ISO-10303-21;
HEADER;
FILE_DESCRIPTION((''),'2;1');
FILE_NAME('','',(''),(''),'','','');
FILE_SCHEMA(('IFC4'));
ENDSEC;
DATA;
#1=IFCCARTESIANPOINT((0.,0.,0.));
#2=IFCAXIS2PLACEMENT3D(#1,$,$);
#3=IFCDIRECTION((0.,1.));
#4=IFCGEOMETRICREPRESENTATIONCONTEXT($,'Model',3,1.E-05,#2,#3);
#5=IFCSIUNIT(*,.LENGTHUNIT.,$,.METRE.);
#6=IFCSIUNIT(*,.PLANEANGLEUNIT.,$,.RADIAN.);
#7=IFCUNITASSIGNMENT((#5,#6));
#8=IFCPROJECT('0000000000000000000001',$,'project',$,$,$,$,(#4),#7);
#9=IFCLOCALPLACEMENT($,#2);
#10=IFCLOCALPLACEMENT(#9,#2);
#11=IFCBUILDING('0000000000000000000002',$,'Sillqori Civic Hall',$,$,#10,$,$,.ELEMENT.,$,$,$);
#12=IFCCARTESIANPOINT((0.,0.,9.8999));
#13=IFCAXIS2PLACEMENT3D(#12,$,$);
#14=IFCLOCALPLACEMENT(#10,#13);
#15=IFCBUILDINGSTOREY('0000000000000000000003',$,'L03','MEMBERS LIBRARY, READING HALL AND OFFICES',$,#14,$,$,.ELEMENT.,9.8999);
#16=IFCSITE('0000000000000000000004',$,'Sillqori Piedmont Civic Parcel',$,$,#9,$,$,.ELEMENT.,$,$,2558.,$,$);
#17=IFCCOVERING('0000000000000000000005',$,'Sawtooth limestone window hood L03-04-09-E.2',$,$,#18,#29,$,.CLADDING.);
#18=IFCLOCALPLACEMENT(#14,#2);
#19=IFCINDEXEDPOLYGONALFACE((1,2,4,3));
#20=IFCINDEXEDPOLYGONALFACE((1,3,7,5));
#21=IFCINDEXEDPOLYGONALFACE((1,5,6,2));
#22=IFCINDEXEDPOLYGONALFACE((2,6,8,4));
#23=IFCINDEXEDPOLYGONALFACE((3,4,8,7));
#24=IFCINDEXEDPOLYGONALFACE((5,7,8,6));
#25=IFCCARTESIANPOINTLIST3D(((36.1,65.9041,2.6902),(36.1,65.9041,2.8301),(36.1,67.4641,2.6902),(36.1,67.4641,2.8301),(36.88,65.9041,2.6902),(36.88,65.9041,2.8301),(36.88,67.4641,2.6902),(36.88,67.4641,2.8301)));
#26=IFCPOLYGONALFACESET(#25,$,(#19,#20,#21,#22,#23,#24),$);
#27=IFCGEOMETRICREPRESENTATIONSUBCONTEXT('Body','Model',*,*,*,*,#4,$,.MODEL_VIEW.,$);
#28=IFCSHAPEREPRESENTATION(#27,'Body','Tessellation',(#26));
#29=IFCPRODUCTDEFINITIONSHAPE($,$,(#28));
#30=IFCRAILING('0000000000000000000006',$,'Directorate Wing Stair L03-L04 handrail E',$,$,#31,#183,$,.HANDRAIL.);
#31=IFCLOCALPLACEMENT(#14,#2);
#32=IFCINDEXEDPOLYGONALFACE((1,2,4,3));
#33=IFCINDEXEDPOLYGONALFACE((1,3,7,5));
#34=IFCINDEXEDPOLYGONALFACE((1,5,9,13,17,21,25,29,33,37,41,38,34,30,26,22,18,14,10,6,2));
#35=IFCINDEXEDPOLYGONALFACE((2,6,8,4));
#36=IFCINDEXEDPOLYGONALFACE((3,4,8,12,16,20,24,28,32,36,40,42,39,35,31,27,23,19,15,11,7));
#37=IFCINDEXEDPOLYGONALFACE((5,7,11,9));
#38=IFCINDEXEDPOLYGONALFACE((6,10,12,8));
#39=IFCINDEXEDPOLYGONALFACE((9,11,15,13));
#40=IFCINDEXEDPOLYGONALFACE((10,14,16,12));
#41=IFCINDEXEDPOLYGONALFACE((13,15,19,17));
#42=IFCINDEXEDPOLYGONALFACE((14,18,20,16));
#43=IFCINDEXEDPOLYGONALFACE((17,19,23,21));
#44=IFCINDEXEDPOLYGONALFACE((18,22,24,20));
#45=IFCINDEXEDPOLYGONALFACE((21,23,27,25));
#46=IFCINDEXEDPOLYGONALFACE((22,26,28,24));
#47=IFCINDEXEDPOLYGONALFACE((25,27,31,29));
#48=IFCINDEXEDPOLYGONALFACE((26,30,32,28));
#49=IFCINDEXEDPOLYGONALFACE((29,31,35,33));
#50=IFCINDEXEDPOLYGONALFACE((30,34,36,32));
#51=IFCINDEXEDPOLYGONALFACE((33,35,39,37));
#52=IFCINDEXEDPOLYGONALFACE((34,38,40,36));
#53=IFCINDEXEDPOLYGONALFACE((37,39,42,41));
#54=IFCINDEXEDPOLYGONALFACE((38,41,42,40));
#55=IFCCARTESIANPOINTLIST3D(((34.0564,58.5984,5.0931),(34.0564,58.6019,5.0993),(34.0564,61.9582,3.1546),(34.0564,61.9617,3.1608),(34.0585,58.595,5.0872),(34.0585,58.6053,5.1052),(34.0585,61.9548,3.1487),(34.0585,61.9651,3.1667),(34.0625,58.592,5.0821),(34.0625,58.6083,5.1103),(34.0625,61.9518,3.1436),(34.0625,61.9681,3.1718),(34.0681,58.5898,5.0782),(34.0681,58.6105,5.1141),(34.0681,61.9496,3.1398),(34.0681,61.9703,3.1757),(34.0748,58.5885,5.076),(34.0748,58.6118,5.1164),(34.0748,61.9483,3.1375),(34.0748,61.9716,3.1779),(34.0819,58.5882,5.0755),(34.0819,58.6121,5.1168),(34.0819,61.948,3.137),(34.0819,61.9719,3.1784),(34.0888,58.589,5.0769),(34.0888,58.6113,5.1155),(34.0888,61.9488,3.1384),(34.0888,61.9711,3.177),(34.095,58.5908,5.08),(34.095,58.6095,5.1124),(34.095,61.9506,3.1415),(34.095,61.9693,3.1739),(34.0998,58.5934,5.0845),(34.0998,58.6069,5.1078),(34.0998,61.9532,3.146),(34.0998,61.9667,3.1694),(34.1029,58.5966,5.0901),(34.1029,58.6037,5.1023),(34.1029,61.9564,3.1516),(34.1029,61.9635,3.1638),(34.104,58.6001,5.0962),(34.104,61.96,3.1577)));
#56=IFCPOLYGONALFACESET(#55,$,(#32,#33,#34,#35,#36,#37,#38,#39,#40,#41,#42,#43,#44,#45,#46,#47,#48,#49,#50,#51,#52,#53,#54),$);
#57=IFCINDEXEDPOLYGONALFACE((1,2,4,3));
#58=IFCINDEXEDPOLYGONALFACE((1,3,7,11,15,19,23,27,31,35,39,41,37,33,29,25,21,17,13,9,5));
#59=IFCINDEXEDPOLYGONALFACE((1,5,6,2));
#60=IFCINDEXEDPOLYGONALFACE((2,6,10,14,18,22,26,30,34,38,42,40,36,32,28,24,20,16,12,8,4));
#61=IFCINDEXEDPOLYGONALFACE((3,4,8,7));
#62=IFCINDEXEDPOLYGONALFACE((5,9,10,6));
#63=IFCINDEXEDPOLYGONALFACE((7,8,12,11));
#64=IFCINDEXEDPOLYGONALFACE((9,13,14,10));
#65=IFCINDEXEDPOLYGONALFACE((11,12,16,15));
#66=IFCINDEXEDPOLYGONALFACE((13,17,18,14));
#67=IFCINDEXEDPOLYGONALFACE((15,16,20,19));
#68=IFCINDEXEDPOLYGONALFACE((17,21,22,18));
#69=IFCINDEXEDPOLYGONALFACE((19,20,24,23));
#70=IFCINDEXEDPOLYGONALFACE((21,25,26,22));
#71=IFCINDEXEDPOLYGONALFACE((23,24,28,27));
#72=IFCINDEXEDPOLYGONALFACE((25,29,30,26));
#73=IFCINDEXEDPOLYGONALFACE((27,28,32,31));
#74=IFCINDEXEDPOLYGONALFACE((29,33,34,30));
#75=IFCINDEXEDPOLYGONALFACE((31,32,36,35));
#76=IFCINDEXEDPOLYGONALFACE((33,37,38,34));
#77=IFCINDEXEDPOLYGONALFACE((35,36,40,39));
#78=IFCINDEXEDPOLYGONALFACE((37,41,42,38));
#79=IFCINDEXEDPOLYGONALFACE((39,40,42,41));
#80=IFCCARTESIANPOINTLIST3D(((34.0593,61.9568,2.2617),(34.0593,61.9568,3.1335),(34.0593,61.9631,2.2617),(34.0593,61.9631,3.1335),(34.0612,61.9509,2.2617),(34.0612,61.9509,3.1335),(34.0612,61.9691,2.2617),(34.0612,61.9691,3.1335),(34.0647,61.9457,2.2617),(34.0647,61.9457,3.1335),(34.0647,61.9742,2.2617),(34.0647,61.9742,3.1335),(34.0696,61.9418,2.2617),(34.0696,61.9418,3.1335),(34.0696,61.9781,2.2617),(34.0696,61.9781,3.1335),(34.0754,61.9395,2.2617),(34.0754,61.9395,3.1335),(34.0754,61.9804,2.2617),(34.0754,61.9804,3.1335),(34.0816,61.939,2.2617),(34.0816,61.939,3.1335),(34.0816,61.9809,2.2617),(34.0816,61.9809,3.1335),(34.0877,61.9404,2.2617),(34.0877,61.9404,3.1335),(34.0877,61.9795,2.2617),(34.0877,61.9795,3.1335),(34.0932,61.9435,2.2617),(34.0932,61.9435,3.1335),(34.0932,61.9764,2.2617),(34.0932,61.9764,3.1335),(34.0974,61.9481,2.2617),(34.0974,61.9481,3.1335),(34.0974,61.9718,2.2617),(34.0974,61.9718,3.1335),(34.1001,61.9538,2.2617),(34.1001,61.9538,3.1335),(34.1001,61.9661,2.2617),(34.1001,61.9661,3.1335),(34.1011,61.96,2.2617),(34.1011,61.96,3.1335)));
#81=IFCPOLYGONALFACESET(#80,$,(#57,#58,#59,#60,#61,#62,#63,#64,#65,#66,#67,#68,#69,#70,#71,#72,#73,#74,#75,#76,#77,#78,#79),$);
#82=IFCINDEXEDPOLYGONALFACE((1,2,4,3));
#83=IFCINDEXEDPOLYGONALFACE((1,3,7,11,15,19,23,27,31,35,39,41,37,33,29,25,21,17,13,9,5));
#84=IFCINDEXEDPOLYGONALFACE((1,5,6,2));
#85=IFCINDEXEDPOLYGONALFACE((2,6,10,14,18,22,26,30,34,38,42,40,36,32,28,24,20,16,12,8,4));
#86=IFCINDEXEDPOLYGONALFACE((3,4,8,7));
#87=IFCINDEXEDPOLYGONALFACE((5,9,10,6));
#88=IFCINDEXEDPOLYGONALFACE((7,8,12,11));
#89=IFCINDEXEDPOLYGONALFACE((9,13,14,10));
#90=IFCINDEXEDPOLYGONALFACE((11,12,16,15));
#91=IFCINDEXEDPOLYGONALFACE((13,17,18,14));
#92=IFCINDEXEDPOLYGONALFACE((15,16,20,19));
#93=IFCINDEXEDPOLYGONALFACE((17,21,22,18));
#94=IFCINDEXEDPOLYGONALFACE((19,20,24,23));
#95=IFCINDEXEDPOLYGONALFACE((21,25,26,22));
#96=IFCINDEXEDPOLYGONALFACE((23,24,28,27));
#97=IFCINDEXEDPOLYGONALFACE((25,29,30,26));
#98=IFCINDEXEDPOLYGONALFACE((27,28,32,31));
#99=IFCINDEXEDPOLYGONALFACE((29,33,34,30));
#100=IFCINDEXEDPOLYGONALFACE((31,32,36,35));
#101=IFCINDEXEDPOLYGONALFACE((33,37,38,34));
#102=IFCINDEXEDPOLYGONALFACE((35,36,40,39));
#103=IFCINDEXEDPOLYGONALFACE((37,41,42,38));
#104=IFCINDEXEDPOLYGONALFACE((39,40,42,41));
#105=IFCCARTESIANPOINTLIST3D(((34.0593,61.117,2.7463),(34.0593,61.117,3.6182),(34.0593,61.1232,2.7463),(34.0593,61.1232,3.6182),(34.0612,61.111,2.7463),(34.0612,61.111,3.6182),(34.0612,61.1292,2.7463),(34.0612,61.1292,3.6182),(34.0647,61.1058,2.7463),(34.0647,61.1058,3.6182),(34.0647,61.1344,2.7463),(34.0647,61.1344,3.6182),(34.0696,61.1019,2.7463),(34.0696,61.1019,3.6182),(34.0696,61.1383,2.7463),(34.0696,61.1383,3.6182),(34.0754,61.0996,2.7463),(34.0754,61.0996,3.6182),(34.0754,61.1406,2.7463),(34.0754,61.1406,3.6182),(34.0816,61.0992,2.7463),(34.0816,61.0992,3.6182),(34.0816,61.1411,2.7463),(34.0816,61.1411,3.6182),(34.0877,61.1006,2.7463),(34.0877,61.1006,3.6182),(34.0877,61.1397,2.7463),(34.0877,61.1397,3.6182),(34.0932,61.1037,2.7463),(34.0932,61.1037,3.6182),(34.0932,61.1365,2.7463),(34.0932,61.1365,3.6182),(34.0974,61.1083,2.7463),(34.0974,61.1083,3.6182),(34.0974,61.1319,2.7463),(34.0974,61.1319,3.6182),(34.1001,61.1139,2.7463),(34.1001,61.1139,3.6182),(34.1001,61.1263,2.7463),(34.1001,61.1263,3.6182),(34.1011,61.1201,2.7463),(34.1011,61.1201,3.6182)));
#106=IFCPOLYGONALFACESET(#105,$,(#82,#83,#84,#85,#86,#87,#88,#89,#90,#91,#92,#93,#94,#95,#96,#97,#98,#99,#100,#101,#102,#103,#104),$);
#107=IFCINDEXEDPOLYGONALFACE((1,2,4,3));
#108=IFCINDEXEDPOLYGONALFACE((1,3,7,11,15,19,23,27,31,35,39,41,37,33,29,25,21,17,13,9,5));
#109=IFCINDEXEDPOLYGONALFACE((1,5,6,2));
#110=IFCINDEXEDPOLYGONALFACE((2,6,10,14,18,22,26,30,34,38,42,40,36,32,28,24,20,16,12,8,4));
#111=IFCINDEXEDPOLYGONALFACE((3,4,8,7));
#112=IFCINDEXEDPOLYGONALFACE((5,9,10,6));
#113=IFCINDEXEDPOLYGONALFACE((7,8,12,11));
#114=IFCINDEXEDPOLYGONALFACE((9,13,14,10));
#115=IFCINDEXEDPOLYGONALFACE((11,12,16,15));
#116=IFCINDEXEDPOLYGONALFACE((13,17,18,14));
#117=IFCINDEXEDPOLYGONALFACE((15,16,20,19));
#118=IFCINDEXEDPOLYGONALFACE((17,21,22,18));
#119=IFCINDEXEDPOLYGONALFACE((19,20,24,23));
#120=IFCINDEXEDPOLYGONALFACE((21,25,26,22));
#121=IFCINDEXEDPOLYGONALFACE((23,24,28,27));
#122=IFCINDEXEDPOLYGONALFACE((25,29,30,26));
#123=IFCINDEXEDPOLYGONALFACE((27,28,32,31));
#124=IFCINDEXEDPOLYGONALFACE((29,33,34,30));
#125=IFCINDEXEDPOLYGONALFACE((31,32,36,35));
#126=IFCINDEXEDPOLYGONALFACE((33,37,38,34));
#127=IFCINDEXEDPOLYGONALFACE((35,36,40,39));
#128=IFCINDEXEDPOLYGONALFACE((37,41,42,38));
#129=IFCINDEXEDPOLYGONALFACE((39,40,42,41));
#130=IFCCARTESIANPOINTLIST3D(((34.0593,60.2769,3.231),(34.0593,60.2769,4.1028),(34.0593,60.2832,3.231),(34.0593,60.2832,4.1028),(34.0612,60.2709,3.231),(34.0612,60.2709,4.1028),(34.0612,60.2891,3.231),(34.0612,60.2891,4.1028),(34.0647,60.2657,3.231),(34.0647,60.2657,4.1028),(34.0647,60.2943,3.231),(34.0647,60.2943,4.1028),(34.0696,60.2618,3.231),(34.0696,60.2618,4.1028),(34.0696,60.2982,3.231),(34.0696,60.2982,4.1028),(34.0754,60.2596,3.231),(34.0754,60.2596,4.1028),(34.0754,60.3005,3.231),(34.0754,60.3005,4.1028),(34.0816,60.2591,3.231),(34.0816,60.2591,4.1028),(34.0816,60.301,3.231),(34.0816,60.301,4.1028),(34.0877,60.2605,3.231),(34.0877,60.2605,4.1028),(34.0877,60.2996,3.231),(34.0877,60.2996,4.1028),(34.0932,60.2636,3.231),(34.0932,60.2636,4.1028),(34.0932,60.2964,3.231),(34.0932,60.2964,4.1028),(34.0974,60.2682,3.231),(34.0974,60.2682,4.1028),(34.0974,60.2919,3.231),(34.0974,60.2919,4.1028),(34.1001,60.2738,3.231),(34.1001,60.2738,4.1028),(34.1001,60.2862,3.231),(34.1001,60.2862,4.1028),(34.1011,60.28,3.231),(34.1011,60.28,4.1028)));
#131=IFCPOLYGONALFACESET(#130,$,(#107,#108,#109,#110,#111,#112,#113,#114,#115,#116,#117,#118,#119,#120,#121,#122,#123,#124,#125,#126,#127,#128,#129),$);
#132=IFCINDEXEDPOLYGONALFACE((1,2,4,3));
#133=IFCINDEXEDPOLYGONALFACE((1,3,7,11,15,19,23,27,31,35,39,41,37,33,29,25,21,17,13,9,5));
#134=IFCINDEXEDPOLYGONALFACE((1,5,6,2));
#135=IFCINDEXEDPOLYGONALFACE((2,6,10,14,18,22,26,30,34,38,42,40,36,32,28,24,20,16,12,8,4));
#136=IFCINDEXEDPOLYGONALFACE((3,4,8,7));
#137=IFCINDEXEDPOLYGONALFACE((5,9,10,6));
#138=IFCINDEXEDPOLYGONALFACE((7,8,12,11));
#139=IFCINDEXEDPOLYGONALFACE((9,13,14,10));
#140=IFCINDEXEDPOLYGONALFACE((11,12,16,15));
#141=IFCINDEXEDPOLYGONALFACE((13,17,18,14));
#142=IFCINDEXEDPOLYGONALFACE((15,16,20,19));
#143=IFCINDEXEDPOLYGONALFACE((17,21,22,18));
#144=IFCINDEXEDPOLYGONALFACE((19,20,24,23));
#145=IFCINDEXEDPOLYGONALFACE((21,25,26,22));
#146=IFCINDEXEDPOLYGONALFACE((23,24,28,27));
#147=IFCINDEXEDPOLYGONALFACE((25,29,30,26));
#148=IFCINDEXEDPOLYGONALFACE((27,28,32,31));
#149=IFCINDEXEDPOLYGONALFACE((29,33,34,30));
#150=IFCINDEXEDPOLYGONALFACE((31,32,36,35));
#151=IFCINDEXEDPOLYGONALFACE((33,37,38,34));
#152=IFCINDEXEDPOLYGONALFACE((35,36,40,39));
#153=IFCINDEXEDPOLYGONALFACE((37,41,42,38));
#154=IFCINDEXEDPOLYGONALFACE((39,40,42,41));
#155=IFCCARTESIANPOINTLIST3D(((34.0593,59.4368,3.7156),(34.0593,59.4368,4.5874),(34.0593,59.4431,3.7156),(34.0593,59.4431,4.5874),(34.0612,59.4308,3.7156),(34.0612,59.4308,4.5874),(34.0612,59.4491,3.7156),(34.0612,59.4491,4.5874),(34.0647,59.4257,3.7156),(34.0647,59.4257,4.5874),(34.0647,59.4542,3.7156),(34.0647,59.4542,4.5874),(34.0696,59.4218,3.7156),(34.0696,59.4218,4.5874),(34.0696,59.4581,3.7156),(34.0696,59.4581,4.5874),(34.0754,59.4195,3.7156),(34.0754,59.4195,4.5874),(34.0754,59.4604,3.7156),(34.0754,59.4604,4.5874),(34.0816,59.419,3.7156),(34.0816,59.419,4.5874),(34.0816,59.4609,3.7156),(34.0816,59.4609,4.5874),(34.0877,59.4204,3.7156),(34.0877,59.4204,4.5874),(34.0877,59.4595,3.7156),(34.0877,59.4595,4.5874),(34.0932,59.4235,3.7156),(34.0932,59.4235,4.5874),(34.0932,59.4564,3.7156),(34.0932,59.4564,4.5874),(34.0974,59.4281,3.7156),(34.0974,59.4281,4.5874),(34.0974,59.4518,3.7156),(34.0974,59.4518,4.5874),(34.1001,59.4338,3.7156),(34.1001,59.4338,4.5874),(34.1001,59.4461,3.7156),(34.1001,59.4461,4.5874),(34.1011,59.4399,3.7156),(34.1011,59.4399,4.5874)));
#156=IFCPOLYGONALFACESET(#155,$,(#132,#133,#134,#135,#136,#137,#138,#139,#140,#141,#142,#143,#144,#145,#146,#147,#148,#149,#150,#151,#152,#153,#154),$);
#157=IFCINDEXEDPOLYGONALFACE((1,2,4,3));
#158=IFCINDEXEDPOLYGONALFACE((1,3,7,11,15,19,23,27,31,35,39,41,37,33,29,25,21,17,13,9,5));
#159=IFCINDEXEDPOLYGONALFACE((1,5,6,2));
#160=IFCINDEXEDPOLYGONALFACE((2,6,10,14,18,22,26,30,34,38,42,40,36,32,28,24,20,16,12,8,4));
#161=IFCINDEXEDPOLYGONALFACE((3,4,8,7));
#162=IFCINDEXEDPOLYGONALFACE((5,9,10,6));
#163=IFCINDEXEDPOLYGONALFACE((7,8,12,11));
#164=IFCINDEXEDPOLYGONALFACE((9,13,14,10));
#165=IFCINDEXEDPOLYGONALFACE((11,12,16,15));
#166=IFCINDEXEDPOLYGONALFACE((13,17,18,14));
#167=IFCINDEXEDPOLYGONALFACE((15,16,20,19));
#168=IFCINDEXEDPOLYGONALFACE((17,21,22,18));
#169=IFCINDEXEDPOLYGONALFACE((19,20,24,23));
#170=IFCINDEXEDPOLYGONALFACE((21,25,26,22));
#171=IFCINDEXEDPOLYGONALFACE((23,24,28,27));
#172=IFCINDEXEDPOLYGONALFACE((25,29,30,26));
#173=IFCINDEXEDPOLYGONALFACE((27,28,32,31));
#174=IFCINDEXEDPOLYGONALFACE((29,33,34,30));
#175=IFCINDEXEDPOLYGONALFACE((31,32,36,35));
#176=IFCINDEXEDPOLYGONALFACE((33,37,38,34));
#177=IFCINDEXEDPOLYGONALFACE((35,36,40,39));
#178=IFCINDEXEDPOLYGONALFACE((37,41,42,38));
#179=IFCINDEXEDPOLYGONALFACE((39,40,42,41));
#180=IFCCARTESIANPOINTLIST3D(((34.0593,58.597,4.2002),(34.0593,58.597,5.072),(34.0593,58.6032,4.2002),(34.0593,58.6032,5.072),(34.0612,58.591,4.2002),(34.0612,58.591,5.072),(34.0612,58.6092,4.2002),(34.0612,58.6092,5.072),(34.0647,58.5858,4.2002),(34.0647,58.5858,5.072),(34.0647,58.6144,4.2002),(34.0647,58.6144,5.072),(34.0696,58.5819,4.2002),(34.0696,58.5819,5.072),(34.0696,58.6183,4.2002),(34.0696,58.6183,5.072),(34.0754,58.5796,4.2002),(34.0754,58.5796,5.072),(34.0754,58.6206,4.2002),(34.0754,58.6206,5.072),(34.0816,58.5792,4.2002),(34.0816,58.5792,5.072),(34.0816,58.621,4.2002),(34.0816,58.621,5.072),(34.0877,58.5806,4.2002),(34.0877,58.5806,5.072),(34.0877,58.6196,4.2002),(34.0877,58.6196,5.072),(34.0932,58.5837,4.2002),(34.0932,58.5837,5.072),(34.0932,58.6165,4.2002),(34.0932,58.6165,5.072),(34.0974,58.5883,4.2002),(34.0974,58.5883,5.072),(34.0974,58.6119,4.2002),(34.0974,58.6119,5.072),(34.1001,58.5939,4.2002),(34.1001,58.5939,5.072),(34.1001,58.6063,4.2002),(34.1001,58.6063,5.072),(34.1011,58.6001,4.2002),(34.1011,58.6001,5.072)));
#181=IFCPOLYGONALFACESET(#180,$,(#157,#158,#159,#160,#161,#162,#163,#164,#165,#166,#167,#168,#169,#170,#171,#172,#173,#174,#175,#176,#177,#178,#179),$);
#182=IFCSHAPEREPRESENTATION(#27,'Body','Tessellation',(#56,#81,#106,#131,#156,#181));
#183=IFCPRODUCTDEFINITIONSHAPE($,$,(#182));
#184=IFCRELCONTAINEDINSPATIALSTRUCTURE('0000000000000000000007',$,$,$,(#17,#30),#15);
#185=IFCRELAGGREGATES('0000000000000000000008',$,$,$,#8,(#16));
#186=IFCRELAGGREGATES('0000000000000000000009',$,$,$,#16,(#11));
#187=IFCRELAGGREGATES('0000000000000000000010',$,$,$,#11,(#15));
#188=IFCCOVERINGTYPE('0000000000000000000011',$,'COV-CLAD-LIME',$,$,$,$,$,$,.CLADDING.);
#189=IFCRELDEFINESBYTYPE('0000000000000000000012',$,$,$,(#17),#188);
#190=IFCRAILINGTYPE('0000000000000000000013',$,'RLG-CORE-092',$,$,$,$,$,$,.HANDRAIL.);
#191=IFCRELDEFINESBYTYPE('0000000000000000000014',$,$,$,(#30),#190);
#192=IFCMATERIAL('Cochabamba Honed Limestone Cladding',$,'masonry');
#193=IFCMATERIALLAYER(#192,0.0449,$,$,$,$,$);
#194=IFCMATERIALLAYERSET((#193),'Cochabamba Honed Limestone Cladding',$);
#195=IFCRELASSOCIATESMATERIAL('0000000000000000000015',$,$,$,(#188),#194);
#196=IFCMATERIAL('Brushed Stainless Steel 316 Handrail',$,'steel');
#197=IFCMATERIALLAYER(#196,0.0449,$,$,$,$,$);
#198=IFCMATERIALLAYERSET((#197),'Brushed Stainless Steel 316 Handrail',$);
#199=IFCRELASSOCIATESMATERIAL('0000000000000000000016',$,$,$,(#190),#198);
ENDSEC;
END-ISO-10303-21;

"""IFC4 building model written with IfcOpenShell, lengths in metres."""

from ifc_helpers import new_model, si_unit, direction, frame, frame_2d, origin, origin_2d, place, context, subcontext, project, spatial, rectangle, circle, extrude, material, layer, layer_set, type_object, element, save


model = new_model("IFC4")

# Units and contexts
model_context = context("Model", 3, precision=1e-05, world=origin(), true_north=direction((0.0, 1.0)))
body_context = subcontext(model_context, "Body", "Model", "MODEL_VIEW")
ifc_project = project(units=[si_unit("LENGTHUNIT", "METRE"), si_unit("PLANEANGLEUNIT", "RADIAN")], contexts=[model_context])

# Site, building, storey
site_placement = place(None, origin())
site = spatial("IfcSite", under=ifc_project, at=site_placement, Name="Sillqori Piedmont Civic Parcel", CompositionType="ELEMENT", RefElevation=2558.0)
building_placement = place(site_placement, origin())
building = spatial("IfcBuilding", under=site, at=building_placement, Name="Sillqori Civic Hall", CompositionType="ELEMENT")
storey_placement = place(building_placement, frame((0.0, 0.0, 9.8999)))
storey = spatial("IfcBuildingStorey", under=building, at=storey_placement, Name="L03", Description="MEMBERS LIBRARY, READING HALL AND OFFICES", CompositionType="ELEMENT", Elevation=9.8999)

# Covering
ifc_material_1 = material(Name="Cochabamba Honed Limestone Cladding", Category="masonry")
ifc_layer_1 = layer(ifc_material_1, 0.0449)
ifc_layer_set_1 = layer_set([ifc_layer_1], Name="Cochabamba Honed Limestone Cladding")
covering_type = type_object("IfcCoveringType", Name="COV-CLAD-LIME", PredefinedType="CLADDING", material=ifc_layer_set_1)
covering_1_placement = place(storey_placement, frame((36.49, 67.4641, 2.6902), z_axis=(0.0, 0.0, 1.0), x_axis=(0.0, -1.0, 0.0)))
element("IfcCovering", 1, at=covering_1_placement, inside=storey, type_object=covering_type, Name="Sawtooth limestone window hood L03-04-09-E.2", PredefinedType="CLADDING", context=body_context, shape_type="SweptSolid", body=[
    extrude(rectangle(XDim=1.5601, YDim=0.78, at=frame_2d((0.78, 0.0))), origin(), (0.0, 0.0, 1.0), 0.1399),
])

# Railing
ifc_material_2 = material(Name="Brushed Stainless Steel 316 Handrail", Category="steel")
ifc_layer_2 = layer(ifc_material_2, 0.0449)
ifc_layer_set_2 = layer_set([ifc_layer_2], Name="Brushed Stainless Steel 316 Handrail")
railing_type_1 = type_object("IfcRailingType", Name="RLG-CORE-092", PredefinedType="HANDRAIL", material=ifc_layer_set_2)
railing_1_placement = place(storey_placement, frame((34.0801, 61.96, 2.2617)))
element("IfcRailing", 2, at=railing_1_placement, inside=storey, type_object=railing_type_1, Name="Directorate Wing Stair L03-L04 handrail E", PredefinedType="HANDRAIL", context=body_context, shape_type="SweptSolid", body=[
    extrude(circle(Radius=0.0239, at=origin_2d()), frame((0.0, 0.0, 0.896), z_axis=(0.0, -0.866175, 0.499741), x_axis=(1.0, 0.0, 0.0)), (0.0, 0.0, 1.0), 3.8789),
    extrude(circle(Radius=0.021, at=origin_2d()), origin(), (0.0, 0.0, 1.0), 0.8718),
    extrude(circle(Radius=0.021, at=origin_2d()), frame((0.0, -0.8398, 0.4846)), (0.0, 0.0, 1.0), 0.8718),
    extrude(circle(Radius=0.021, at=origin_2d()), frame((0.0, -1.6799, 0.9692)), (0.0, 0.0, 1.0), 0.8718),
    extrude(circle(Radius=0.021, at=origin_2d()), frame((0.0, -2.52, 1.4539)), (0.0, 0.0, 1.0), 0.8718),
    extrude(circle(Radius=0.021, at=origin_2d()), frame((0.0, -3.3599, 1.9385)), (0.0, 0.0, 1.0), 0.8718),
])

save(model, "model.ifc")
